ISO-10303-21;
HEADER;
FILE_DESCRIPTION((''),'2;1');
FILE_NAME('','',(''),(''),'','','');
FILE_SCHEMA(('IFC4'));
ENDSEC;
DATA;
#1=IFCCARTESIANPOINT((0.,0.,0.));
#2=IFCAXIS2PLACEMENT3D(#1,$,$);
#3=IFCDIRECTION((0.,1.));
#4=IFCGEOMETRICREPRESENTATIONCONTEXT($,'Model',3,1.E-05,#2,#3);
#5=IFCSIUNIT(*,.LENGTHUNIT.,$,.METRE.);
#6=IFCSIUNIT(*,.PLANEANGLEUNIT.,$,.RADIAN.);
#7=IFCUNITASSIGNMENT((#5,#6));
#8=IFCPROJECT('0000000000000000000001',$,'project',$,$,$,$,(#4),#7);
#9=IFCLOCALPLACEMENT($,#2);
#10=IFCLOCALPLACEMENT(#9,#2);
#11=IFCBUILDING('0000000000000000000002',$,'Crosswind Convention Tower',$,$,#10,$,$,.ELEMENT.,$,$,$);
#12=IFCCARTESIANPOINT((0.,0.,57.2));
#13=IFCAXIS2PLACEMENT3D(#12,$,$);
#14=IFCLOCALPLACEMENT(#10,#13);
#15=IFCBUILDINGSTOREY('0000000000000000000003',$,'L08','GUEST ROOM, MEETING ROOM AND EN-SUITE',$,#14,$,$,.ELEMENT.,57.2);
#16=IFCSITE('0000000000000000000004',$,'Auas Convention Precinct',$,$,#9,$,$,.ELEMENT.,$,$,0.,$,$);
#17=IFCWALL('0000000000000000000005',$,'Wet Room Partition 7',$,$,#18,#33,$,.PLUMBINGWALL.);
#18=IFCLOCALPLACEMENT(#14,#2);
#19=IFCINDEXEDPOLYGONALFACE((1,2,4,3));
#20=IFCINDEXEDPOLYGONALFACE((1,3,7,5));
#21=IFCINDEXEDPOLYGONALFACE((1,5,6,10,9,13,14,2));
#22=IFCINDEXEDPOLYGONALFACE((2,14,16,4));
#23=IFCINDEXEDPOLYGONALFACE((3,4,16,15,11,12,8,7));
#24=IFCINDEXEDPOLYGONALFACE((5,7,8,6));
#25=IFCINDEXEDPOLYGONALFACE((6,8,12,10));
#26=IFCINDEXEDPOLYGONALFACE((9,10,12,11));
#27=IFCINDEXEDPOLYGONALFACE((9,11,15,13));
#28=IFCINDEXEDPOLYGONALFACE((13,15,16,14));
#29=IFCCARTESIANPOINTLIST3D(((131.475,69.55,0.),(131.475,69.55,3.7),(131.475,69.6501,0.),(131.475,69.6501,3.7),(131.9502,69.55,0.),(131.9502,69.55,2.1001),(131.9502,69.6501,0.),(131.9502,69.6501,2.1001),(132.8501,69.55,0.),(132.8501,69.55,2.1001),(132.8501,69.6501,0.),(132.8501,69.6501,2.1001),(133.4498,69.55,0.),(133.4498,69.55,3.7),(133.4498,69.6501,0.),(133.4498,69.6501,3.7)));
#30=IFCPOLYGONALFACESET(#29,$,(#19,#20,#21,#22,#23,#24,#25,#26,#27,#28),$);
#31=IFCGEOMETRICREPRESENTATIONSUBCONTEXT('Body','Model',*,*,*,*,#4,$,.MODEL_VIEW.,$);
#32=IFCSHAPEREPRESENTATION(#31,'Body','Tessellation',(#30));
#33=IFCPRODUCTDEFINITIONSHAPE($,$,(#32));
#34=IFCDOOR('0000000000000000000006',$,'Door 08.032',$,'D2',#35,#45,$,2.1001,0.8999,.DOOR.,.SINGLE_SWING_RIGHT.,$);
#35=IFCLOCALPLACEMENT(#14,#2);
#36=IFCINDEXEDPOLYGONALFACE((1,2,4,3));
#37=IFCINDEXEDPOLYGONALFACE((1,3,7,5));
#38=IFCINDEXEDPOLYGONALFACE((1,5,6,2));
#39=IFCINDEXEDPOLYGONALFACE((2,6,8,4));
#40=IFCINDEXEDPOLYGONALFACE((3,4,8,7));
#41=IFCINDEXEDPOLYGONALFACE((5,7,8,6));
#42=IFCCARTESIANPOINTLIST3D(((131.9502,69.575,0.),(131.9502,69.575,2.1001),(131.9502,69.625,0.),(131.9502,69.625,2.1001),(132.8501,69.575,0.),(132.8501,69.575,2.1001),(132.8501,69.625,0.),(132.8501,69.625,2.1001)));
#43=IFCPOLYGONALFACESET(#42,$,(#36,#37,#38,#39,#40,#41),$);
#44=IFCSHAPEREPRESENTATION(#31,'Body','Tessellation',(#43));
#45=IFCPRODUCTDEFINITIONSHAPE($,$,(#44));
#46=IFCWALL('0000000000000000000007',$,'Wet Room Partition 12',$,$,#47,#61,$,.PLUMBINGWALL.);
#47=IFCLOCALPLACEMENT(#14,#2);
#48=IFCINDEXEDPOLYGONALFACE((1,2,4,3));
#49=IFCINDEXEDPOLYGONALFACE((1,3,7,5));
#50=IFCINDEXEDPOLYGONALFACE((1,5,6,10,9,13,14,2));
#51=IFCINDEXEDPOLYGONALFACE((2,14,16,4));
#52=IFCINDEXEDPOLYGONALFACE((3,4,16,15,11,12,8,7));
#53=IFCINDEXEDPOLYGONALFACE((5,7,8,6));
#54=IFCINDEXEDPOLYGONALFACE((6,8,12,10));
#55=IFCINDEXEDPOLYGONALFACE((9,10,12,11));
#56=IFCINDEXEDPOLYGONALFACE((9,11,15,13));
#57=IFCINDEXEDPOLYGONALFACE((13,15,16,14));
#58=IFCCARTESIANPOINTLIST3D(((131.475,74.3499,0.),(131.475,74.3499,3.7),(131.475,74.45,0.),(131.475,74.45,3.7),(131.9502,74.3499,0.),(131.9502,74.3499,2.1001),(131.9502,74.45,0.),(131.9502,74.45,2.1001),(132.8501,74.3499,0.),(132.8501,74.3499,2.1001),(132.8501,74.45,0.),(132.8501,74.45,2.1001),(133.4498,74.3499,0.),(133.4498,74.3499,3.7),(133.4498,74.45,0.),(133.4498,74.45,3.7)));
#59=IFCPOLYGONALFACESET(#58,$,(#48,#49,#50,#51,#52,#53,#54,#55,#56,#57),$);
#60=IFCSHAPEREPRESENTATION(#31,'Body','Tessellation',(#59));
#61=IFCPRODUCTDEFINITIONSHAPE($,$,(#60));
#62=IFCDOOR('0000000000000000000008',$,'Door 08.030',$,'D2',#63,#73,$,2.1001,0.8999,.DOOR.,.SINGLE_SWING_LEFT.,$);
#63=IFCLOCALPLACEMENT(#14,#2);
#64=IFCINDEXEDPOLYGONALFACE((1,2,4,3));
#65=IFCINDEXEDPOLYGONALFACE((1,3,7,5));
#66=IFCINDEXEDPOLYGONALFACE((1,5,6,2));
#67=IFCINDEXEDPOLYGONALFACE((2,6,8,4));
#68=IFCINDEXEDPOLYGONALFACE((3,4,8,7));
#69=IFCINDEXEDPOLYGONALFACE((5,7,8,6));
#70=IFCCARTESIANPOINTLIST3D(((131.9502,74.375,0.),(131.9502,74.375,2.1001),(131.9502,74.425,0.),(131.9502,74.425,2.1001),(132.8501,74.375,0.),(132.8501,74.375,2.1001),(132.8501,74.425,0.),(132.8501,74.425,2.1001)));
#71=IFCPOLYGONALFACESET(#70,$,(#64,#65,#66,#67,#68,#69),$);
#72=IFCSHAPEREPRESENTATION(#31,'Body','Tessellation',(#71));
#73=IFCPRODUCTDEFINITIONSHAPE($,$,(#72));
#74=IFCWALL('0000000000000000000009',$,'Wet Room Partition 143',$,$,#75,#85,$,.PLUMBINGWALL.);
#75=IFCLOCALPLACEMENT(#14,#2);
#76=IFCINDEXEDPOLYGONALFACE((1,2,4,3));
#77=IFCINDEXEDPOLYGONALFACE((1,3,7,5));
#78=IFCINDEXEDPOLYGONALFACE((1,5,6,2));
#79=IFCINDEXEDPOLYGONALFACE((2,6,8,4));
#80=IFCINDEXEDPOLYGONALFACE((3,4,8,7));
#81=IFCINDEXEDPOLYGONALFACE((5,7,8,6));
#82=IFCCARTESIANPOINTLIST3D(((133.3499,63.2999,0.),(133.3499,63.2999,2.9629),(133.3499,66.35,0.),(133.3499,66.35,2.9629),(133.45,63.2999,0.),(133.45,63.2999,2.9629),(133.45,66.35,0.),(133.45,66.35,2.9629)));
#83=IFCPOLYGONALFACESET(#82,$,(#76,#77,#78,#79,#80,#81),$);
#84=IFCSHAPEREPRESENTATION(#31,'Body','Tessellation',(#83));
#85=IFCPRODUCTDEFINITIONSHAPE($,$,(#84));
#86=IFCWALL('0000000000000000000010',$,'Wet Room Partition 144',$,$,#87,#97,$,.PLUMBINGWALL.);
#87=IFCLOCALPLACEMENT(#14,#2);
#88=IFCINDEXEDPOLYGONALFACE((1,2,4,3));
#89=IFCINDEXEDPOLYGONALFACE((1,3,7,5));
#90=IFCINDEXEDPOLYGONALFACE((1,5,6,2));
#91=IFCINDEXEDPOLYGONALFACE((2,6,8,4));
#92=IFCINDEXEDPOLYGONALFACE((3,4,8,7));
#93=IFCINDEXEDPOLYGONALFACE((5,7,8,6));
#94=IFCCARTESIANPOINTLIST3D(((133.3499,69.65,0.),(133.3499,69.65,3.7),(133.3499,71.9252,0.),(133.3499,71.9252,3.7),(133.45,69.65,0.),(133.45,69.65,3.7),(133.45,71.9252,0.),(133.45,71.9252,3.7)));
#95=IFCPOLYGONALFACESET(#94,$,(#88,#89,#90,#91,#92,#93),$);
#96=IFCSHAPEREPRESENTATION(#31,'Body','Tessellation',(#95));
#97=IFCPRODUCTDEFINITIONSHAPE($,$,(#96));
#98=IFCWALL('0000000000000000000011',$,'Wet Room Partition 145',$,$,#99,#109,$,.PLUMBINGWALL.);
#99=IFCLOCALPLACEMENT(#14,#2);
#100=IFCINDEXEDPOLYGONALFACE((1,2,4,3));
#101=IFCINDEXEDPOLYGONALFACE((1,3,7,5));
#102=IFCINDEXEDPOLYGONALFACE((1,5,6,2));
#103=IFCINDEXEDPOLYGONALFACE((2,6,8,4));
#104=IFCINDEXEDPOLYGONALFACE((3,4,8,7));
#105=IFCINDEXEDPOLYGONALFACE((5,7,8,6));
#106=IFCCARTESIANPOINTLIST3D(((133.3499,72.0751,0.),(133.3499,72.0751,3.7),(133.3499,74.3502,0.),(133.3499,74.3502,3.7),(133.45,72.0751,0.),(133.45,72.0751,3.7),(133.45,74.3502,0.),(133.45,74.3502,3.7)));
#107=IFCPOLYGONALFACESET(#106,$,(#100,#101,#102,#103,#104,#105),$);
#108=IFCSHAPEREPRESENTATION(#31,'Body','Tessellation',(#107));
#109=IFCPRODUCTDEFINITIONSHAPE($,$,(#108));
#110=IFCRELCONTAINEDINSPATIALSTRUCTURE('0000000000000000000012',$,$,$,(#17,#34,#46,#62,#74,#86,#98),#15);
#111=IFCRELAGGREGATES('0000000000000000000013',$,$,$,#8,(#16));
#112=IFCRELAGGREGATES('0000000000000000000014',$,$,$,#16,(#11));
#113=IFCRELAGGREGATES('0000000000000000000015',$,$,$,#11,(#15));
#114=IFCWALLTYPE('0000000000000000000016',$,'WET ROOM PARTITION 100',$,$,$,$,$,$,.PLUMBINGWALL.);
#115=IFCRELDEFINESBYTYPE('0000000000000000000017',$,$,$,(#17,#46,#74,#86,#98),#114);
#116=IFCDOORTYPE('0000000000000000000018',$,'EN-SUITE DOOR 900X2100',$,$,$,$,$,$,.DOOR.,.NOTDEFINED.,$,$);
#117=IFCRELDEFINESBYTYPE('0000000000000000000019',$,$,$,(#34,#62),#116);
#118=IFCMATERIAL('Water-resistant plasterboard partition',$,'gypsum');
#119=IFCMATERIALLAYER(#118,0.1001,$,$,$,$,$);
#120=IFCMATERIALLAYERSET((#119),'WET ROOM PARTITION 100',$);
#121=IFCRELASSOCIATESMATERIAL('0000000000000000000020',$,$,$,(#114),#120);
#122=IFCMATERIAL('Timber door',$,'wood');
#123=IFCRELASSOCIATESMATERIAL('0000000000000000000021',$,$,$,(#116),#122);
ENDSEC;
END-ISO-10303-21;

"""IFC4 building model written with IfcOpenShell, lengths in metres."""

from ifc_helpers import new_model, si_unit, direction, frame, frame_2d, origin, place, context, subcontext, project, spatial, rectangle, extrude, material, layer, layer_set, type_object, element, fill, save


model = new_model("IFC4")

# Units and contexts
model_context = context("Model", 3, precision=1e-05, world=origin(), true_north=direction((0.0, 1.0)))
body_context = subcontext(model_context, "Body", "Model", "MODEL_VIEW")
ifc_project = project(units=[si_unit("LENGTHUNIT", "METRE"), si_unit("PLANEANGLEUNIT", "RADIAN")], contexts=[model_context])

# Site, building, storey
site_placement = place(None, origin())
site = spatial("IfcSite", under=ifc_project, at=site_placement, Name="Auas Convention Precinct", CompositionType="ELEMENT", RefElevation=0.0)
building_placement = place(site_placement, origin())
building = spatial("IfcBuilding", under=site, at=building_placement, Name="Crosswind Convention Tower", CompositionType="ELEMENT")
storey_placement = place(building_placement, frame((0.0, 0.0, 57.2)))
storey = spatial("IfcBuildingStorey", under=building, at=storey_placement, Name="L08", Description="GUEST ROOM, MEETING ROOM AND EN-SUITE", CompositionType="ELEMENT", Elevation=57.2)

# Walls, openings, doors
ifc_material_1 = material(Name="Water-resistant plasterboard partition", Category="gypsum")
ifc_layer_1 = layer(ifc_material_1, 0.1001)
ifc_layer_set_1 = layer_set([ifc_layer_1], Name="WET ROOM PARTITION 100")
wall_type_1 = type_object("IfcWallType", Name="WET ROOM PARTITION 100", PredefinedType="PLUMBINGWALL", material=ifc_layer_set_1)
ifc_material_2 = material(Name="Timber door", Category="wood")
door_type_1 = type_object("IfcDoorType", Name="EN-SUITE DOOR 900X2100", OperationType="NOTDEFINED", PredefinedType="DOOR", material=ifc_material_2)
wall_1_placement = place(storey_placement, frame((131.4751, 69.6001, 0.0), z_axis=(0.0, 0.0, 1.0), x_axis=(1.0, 0.0, 0.0)))
wall_1 = element("IfcWall", 1, at=wall_1_placement, inside=storey, type_object=wall_type_1, Name="Wet Room Partition 7", PredefinedType="PLUMBINGWALL", context=body_context, shape_type="SweptSolid", body=[
    extrude(rectangle(XDim=1.9749, YDim=0.1001, at=frame_2d((0.9873, 0.0))), origin(), (0.0, 0.0, 1.0), 3.7),
])
opening_1_placement = place(wall_1_placement, frame((0.4751, 0.0, 0.0)))
opening_1 = element("IfcOpeningElement", 2, at=opening_1_placement, cuts=wall_1, PredefinedType="OPENING", context=body_context, shape_type="SweptSolid", body=[
    extrude(rectangle(XDim=0.8999, YDim=2.1001, at=frame_2d((0.45, 1.05))), frame((0.0, 0.0601, 0.0), z_axis=(0.0, -1.0, 0.0), x_axis=(1.0, 0.0, 0.0)), (0.0, 0.0, 1.0), 0.1201),
])
door_1_placement = place(opening_1_placement, origin())
door_1 = element("IfcDoor", 3, at=door_1_placement, inside=storey, type_object=door_type_1, Name="Door 08.032", ObjectType="D2", OperationType="SINGLE_SWING_RIGHT", OverallHeight=2.1001, OverallWidth=0.8999, PredefinedType="DOOR", context=body_context, shape_type="SweptSolid", body=[
    extrude(rectangle(XDim=0.8999, YDim=2.1001, at=frame_2d((0.45, 1.05))), frame((0.0, 0.0249, 0.0), z_axis=(0.0, -1.0, 0.0), x_axis=(1.0, 0.0, 0.0)), (0.0, 0.0, 1.0), 0.05),
])
fill(opening_1, door_1)
wall_2_placement = place(storey_placement, frame((131.4751, 74.3999, 0.0), z_axis=(0.0, 0.0, 1.0), x_axis=(1.0, 0.0, 0.0)))
wall_2 = element("IfcWall", 4, at=wall_2_placement, inside=storey, type_object=wall_type_1, Name="Wet Room Partition 12", PredefinedType="PLUMBINGWALL", context=body_context, shape_type="SweptSolid", body=[
    extrude(rectangle(XDim=1.9749, YDim=0.1001, at=frame_2d((0.9873, 0.0))), origin(), (0.0, 0.0, 1.0), 3.7),
])
opening_2_placement = place(wall_2_placement, frame((0.4751, 0.0, 0.0)))
opening_2 = element("IfcOpeningElement", 5, at=opening_2_placement, cuts=wall_2, PredefinedType="OPENING", context=body_context, shape_type="SweptSolid", body=[
    extrude(rectangle(XDim=0.8999, YDim=2.1001, at=frame_2d((0.45, 1.05))), frame((0.0, 0.0601, 0.0), z_axis=(0.0, -1.0, 0.0), x_axis=(1.0, 0.0, 0.0)), (0.0, 0.0, 1.0), 0.1201),
])
door_2_placement = place(opening_2_placement, frame((0.8999, 0.0, 0.0), z_axis=(0.0, 0.0, 1.0), x_axis=(-1.0, 0.0, 0.0)))
door_2 = element("IfcDoor", 6, at=door_2_placement, inside=storey, type_object=door_type_1, Name="Door 08.030", ObjectType="D2", OperationType="SINGLE_SWING_LEFT", OverallHeight=2.1001, OverallWidth=0.8999, PredefinedType="DOOR", context=body_context, shape_type="SweptSolid", body=[
    extrude(rectangle(XDim=0.8999, YDim=2.1001, at=frame_2d((0.45, 1.05))), frame((0.0, 0.0249, 0.0), z_axis=(0.0, -1.0, 0.0), x_axis=(1.0, 0.0, 0.0)), (0.0, 0.0, 1.0), 0.05),
])
fill(opening_2, door_2)

# Walls
wall_3_placement = place(storey_placement, frame((133.3999, 63.3, 0.0), z_axis=(0.0, 0.0, 1.0), x_axis=(0.0, 1.0, 0.0)))
element("IfcWall", 7, at=wall_3_placement, inside=storey, type_object=wall_type_1, Name="Wet Room Partition 143", PredefinedType="PLUMBINGWALL", context=body_context, shape_type="SweptSolid", body=[
    extrude(rectangle(XDim=3.05, YDim=0.1001, at=frame_2d((1.5249, 0.0))), origin(), (0.0, 0.0, 1.0), 2.9629),
])
for number, where, z_axis, x_axis, name in (
    (8, (133.3999, 69.6499, 0.0), (0.0, 0.0, 1.0), (0.0, 1.0, 0.0), "Wet Room Partition 144"),
    (9, (133.3999, 72.075, 0.0), (0.0, 0.0, 1.0), (0.0, 1.0, 0.0), "Wet Room Partition 145"),
):
    element("IfcWall", number, at=place(storey_placement, frame(where, z_axis=z_axis, x_axis=x_axis)), inside=storey, type_object=wall_type_1, Name=name, PredefinedType="PLUMBINGWALL", context=body_context, shape_type="SweptSolid", body=[
        extrude(rectangle(XDim=2.2751, YDim=0.1001, at=frame_2d((1.1377, 0.0))), origin(), (0.0, 0.0, 1.0), 3.7),
    ])

save(model, "model.ifc")
